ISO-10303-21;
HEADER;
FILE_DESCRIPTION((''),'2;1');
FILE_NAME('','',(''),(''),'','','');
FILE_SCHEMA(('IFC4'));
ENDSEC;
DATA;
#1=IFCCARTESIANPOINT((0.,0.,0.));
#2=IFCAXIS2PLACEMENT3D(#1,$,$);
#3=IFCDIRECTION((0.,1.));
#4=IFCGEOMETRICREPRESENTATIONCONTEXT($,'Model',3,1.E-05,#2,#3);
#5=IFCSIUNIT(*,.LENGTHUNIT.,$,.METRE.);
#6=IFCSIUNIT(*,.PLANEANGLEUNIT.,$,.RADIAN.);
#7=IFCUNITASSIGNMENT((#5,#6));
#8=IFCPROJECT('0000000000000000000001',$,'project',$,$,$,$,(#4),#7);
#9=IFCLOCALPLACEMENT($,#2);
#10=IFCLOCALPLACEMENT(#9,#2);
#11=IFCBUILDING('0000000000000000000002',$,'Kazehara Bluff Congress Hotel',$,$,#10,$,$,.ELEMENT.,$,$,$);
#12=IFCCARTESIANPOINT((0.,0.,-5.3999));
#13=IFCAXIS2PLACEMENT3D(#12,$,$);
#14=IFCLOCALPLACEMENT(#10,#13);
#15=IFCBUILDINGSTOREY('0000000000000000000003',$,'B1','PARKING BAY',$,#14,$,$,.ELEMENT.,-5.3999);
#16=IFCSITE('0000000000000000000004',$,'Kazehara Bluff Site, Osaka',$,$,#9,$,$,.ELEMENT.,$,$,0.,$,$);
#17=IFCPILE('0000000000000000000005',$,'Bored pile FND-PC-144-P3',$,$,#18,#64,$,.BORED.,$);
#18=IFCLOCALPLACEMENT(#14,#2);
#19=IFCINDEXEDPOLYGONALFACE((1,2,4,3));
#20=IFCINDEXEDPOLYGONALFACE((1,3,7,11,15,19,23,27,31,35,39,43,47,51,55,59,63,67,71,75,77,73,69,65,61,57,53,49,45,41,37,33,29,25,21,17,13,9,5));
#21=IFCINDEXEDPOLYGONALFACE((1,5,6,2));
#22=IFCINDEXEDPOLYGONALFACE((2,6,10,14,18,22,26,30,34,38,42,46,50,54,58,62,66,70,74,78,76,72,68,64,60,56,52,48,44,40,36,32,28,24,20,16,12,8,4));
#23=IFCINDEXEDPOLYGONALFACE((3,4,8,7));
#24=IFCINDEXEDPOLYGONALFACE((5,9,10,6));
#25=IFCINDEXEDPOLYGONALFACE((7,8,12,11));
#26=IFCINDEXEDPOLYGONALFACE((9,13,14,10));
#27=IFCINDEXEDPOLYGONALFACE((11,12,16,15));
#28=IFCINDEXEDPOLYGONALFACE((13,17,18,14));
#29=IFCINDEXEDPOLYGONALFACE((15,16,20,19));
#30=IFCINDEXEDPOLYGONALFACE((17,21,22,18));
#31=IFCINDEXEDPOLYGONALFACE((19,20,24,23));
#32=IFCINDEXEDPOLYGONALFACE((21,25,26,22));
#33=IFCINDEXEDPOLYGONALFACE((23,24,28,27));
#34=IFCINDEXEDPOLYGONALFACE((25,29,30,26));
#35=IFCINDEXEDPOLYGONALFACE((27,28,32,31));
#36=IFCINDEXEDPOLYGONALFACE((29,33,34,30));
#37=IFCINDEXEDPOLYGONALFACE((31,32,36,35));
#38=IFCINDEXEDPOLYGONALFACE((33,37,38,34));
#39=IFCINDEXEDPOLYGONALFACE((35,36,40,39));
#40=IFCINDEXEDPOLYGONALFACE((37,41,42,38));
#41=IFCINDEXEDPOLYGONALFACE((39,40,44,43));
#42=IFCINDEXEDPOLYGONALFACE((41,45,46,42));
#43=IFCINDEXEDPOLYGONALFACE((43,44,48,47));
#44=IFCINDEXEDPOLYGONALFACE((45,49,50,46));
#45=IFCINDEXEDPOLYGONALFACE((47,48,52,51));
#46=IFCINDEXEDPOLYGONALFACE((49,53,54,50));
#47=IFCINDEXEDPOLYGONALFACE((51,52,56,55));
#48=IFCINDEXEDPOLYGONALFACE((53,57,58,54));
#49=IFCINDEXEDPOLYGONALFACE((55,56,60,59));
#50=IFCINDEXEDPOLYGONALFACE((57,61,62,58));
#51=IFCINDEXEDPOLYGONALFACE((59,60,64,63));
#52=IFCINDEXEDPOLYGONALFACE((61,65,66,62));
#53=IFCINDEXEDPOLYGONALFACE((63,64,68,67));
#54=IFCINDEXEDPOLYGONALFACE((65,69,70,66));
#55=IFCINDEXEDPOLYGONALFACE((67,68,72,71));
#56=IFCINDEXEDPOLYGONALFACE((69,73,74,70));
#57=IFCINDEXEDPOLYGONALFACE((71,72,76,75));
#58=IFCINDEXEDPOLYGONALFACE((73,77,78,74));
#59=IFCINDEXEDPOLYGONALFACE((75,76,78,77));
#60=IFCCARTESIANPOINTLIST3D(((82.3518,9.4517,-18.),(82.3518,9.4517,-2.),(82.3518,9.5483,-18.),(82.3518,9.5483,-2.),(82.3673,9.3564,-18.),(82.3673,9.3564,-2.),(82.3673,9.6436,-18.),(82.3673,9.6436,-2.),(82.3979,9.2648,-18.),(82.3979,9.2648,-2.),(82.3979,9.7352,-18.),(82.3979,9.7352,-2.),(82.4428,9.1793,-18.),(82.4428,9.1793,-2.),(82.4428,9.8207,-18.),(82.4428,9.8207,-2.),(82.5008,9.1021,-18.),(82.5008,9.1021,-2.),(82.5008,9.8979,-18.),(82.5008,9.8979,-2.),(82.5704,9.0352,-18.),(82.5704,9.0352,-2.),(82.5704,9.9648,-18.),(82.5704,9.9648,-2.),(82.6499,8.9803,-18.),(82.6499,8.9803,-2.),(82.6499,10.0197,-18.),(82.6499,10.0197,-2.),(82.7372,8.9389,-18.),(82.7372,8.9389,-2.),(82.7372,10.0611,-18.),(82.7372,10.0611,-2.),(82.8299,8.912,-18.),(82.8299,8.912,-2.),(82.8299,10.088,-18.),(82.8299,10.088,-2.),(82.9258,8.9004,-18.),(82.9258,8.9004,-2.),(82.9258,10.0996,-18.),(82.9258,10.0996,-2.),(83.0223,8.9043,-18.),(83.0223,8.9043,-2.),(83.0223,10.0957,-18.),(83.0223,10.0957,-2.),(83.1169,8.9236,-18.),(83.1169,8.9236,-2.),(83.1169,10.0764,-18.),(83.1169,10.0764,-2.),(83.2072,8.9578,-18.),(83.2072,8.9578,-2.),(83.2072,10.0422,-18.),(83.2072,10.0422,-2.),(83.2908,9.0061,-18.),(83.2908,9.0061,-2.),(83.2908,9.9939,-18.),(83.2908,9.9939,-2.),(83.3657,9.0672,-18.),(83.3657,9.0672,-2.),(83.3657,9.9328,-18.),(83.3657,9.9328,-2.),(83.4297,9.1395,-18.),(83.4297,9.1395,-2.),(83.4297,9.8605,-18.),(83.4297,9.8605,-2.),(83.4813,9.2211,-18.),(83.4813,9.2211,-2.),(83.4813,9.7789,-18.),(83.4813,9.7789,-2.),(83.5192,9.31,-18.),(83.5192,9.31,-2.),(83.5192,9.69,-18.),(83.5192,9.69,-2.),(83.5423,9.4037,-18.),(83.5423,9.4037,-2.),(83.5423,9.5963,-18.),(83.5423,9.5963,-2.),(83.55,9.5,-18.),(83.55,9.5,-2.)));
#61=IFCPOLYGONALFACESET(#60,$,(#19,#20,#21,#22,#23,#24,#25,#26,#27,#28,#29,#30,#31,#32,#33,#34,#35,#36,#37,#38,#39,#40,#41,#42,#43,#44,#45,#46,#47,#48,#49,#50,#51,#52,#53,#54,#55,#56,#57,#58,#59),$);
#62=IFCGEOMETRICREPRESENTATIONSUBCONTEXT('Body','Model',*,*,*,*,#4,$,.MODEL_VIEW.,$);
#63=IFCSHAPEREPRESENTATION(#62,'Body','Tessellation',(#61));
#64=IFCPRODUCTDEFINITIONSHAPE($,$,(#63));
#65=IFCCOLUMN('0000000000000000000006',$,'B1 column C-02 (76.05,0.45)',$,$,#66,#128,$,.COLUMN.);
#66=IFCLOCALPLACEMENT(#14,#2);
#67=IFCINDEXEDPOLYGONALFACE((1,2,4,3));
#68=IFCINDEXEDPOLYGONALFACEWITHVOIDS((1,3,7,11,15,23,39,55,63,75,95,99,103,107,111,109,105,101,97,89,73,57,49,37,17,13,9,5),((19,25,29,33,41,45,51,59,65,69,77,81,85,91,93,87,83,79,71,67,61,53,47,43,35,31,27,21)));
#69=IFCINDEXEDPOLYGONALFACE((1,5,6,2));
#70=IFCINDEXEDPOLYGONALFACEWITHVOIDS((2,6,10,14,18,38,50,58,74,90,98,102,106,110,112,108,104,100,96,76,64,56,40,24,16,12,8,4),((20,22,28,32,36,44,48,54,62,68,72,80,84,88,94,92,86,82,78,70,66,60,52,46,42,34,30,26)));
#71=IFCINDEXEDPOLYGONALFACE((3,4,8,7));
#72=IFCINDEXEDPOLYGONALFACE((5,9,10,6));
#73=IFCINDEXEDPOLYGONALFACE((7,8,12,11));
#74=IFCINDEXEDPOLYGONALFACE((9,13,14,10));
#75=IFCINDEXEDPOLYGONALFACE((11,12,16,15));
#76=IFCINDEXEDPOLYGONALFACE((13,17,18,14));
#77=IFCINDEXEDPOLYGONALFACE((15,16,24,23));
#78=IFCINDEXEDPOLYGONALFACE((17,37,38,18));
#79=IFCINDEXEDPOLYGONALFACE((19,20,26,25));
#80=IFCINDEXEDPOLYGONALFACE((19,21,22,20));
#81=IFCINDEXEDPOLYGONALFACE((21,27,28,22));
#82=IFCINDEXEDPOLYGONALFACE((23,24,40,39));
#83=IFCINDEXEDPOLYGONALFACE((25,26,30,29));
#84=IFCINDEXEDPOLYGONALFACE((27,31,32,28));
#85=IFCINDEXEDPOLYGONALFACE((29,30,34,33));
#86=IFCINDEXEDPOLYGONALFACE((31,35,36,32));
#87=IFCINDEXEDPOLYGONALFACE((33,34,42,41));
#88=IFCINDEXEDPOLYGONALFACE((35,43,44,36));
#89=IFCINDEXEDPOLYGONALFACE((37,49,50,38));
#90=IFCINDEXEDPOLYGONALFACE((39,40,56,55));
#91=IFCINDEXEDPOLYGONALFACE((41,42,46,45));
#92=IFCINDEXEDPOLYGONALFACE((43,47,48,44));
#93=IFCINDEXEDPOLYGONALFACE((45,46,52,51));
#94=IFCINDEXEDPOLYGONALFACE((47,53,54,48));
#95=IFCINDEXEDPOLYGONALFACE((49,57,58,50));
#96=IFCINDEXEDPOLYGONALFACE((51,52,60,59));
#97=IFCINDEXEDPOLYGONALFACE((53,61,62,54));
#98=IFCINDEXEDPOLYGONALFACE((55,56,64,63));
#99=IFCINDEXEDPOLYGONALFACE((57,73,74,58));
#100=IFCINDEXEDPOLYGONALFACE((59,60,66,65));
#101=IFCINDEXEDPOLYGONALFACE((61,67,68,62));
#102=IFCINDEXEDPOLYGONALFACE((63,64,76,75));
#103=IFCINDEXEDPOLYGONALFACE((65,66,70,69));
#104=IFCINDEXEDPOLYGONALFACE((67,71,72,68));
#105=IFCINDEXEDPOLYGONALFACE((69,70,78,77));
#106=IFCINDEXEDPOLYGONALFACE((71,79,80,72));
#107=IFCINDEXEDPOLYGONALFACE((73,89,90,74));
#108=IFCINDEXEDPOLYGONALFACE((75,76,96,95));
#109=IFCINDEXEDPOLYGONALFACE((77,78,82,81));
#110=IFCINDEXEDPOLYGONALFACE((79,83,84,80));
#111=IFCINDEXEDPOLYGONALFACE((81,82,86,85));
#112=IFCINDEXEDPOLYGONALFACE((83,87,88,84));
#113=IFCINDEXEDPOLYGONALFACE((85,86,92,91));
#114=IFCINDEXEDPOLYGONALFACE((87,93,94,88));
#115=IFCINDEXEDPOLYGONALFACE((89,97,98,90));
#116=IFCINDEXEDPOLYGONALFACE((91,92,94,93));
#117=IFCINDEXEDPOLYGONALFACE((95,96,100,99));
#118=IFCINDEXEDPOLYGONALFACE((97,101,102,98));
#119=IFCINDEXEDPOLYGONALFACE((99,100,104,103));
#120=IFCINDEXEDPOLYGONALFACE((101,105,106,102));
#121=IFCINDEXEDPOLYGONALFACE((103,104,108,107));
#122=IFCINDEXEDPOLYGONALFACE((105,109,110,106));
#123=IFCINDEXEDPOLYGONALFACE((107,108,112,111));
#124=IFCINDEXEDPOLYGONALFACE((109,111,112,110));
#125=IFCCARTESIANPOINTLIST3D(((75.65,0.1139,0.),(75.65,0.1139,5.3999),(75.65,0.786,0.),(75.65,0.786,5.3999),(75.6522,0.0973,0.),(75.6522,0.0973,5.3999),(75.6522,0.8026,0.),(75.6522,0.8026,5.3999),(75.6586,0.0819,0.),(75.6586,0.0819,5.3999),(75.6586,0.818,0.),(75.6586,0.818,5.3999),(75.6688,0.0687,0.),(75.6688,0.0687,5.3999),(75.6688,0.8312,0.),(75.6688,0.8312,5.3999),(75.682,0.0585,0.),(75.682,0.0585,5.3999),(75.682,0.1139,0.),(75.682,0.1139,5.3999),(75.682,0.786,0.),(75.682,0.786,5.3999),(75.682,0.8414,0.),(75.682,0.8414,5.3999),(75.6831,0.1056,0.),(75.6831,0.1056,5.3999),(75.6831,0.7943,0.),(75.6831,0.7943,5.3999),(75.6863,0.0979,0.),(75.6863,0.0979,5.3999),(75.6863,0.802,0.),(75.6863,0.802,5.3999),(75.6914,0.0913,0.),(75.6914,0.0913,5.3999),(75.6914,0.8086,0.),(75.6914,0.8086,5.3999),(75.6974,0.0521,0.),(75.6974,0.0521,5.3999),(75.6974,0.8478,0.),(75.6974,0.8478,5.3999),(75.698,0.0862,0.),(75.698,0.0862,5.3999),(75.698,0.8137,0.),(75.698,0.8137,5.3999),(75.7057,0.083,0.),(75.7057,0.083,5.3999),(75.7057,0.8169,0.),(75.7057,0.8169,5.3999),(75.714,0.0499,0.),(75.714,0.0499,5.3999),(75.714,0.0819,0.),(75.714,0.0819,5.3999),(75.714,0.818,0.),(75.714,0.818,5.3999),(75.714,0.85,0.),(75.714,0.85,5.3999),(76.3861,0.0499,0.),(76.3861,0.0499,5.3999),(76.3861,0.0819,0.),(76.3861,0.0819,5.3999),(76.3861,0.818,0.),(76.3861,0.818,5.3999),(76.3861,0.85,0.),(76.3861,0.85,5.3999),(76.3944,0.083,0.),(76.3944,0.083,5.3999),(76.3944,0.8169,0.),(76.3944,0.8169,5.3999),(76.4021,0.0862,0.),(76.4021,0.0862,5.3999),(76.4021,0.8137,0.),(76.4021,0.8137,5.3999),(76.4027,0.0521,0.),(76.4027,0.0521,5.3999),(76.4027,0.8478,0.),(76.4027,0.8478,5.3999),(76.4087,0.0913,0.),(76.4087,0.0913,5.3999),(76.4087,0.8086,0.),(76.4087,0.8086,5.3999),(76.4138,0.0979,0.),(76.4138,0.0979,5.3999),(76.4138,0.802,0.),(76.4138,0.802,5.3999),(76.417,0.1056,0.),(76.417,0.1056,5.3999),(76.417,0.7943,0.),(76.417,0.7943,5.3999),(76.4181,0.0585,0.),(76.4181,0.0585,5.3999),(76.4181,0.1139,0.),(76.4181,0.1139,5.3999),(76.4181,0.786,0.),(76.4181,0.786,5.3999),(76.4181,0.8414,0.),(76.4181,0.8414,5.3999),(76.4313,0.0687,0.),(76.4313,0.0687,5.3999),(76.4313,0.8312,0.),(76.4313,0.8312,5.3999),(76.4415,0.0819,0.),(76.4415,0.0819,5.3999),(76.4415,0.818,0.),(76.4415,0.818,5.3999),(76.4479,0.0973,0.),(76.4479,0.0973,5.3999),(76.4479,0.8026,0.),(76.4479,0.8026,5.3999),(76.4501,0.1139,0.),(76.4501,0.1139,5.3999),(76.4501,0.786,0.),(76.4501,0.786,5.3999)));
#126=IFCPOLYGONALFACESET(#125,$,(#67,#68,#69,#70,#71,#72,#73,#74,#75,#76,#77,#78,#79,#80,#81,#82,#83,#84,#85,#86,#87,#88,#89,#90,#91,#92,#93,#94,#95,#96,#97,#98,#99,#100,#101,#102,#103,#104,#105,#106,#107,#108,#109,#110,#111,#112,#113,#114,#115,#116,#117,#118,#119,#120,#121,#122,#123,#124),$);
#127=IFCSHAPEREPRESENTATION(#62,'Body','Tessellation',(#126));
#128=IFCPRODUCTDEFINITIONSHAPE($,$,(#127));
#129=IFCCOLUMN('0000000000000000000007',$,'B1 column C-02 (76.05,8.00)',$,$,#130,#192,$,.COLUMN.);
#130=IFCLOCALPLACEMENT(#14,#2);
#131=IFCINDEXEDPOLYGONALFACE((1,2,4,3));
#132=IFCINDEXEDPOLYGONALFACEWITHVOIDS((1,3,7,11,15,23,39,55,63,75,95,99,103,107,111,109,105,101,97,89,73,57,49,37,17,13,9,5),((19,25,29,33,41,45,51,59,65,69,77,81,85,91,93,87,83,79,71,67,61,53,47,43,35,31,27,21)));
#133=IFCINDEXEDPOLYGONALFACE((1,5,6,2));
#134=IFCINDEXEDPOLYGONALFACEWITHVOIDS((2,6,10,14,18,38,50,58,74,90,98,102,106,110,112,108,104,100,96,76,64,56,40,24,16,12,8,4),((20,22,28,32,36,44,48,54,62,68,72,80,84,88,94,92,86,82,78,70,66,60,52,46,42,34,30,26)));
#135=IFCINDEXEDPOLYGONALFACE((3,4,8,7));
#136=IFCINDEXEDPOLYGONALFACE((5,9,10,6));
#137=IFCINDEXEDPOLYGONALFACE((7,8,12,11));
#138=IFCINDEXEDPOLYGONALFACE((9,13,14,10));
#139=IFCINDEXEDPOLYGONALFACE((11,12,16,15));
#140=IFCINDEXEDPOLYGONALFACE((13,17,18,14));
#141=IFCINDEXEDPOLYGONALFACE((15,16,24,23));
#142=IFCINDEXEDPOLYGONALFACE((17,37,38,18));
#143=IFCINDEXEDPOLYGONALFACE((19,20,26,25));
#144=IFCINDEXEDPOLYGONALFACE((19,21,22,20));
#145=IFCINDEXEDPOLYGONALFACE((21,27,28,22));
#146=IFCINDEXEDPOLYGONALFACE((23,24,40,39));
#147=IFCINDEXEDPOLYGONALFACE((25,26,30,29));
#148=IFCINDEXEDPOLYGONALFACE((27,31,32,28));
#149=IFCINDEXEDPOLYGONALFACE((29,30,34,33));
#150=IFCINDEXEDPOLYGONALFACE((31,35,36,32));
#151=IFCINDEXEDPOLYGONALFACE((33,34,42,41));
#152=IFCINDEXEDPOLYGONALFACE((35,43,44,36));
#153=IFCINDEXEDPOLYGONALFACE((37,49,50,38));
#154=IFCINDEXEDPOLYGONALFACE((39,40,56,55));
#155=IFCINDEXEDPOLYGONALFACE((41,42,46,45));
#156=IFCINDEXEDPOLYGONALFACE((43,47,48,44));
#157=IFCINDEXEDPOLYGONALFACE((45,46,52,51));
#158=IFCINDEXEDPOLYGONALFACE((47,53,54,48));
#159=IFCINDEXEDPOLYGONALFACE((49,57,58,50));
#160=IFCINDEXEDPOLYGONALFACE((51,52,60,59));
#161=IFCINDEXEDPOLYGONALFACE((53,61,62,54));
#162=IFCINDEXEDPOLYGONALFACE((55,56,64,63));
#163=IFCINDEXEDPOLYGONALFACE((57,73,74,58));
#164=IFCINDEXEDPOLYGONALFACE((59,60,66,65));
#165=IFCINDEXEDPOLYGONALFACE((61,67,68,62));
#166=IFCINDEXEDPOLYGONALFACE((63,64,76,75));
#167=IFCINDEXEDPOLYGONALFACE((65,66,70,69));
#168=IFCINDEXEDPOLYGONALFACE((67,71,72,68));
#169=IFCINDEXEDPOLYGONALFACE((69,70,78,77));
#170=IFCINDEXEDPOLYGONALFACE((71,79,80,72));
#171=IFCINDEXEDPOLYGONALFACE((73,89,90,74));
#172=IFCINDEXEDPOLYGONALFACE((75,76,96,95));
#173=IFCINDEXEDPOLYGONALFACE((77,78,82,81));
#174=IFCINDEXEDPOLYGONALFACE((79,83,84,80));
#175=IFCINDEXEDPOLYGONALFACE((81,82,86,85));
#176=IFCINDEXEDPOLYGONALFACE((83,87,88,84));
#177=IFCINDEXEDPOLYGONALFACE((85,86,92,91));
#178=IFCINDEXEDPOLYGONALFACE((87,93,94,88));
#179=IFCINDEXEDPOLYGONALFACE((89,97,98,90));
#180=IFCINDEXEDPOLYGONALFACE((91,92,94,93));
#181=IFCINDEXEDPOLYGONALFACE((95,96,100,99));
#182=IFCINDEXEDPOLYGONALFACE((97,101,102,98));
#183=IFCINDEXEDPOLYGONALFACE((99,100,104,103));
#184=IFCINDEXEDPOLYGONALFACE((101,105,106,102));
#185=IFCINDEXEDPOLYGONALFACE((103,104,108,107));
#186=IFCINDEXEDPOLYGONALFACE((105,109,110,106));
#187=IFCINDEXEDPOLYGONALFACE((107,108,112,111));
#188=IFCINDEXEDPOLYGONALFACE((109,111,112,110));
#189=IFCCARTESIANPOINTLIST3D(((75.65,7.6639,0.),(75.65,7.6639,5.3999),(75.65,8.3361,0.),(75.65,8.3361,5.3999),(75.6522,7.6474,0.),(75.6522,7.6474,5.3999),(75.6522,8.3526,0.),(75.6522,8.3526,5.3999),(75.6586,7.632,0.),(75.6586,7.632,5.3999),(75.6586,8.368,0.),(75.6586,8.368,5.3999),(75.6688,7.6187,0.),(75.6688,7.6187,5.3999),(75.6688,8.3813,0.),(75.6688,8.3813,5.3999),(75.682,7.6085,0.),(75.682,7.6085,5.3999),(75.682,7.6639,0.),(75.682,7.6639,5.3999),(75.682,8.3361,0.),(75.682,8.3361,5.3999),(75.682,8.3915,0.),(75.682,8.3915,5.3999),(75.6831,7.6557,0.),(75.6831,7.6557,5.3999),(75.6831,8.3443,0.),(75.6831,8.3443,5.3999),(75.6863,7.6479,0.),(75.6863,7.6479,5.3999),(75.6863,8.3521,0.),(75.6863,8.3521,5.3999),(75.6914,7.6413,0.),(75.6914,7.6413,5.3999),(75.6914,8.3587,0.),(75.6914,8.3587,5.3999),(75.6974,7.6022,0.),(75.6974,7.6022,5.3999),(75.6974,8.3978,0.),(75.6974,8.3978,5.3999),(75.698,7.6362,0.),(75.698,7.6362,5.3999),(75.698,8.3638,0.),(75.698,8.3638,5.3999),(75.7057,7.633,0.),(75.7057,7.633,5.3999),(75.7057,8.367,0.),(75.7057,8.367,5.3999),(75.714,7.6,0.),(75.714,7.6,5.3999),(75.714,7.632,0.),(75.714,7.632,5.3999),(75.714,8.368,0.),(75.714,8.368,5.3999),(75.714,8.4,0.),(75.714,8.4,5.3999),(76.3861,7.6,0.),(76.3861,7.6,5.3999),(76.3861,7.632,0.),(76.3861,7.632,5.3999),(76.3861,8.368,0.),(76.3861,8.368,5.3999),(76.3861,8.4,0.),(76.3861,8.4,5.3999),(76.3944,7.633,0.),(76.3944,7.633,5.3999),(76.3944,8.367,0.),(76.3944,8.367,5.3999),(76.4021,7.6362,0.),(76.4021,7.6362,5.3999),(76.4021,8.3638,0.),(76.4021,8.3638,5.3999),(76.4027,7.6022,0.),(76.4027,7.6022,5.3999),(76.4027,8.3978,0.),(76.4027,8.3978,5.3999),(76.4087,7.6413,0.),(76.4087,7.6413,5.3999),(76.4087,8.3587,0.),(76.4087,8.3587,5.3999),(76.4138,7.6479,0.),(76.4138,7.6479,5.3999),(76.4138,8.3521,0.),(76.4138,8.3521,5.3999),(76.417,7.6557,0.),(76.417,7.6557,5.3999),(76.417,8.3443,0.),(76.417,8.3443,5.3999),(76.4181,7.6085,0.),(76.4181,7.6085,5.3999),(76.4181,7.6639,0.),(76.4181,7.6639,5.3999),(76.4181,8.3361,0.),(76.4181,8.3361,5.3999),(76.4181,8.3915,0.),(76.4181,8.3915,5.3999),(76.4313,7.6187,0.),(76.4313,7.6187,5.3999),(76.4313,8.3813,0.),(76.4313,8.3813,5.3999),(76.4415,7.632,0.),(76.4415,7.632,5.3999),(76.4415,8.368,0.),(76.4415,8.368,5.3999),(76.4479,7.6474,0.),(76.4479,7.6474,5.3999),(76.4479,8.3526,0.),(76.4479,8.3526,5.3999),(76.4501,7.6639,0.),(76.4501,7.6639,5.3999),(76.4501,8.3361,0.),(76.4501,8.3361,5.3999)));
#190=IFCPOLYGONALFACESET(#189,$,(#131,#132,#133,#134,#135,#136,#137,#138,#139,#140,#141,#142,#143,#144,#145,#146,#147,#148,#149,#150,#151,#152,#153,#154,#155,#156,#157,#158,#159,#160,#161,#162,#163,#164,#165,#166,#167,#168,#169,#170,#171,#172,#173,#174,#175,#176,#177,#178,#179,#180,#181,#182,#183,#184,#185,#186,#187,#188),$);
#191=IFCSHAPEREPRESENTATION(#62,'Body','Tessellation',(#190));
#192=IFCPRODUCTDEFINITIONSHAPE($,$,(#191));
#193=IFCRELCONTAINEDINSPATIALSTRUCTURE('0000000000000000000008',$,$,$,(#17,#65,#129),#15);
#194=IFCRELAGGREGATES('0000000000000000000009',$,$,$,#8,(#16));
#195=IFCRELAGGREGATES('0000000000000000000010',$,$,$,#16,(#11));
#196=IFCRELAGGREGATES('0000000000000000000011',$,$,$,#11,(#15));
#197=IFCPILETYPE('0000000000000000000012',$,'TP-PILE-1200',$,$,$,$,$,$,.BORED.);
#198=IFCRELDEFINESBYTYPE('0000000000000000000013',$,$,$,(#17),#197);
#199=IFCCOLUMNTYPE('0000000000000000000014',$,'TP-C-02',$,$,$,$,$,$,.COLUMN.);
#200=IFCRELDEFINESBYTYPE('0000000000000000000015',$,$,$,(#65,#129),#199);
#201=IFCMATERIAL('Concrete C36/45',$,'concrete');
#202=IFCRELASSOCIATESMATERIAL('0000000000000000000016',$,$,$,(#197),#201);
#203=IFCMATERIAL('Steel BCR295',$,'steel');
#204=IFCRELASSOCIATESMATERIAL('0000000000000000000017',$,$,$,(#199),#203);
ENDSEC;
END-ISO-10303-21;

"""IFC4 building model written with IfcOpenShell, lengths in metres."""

from ifc_helpers import new_model, si_unit, direction, frame, origin, origin_2d, place, context, subcontext, project, spatial, hollow_rectangle, circle, extrude, material, material_profile, profile_set, type_object, element, save


model = new_model("IFC4")

# Units and contexts
model_context = context("Model", 3, precision=1e-05, world=origin(), true_north=direction((0.0, 1.0)))
body_context = subcontext(model_context, "Body", "Model", "MODEL_VIEW")
ifc_project = project(units=[si_unit("LENGTHUNIT", "METRE"), si_unit("PLANEANGLEUNIT", "RADIAN")], contexts=[model_context])

# Site, building, storey
site_placement = place(None, origin())
site = spatial("IfcSite", under=ifc_project, at=site_placement, Name="Kazehara Bluff Site, Osaka", CompositionType="ELEMENT", RefElevation=0.0)
building_placement = place(site_placement, origin())
building = spatial("IfcBuilding", under=site, at=building_placement, Name="Kazehara Bluff Congress Hotel", CompositionType="ELEMENT")
storey_placement = place(building_placement, frame((0.0, 0.0, -5.3999)))
storey = spatial("IfcBuildingStorey", under=building, at=storey_placement, Name="B1", Description="PARKING BAY", CompositionType="ELEMENT", Elevation=-5.3999)

# Pile
ifc_material_1 = material(Name="Concrete C36/45", Category="concrete")
ifc_material_profile_1 = material_profile(ifc_material_1, circle(Radius=0.6001, at=origin_2d()))
ifc_profile_set_1 = profile_set([ifc_material_profile_1], Name="Concrete C36/45")
pile_type = type_object("IfcPileType", Name="TP-PILE-1200", PredefinedType="BORED", material=ifc_profile_set_1)
for number, where, z_axis, x_axis, name in (
    (1, (82.95, 9.5, -2.0), (0.0, 0.0, -1.0), (1.0, 0.0, 0.0), "Bored pile FND-PC-144-P3"),
):
    element("IfcPile", number, at=place(storey_placement, frame(where, z_axis=z_axis, x_axis=x_axis)), inside=storey, type_object=pile_type, Name=name, PredefinedType="BORED", context=body_context, shape_type="SweptSolid", body=[
        extrude(circle(Radius=0.6001, at=origin_2d()), origin(), (0.0, 0.0, 1.0), 16.0),
    ])

# Columns
ifc_material_2 = material(Name="Steel BCR295", Category="steel")
ifc_material_profile_2 = material_profile(ifc_material_2, hollow_rectangle(XDim=0.8, YDim=0.8, WallThickness=0.032, InnerFilletRadius=0.032, OuterFilletRadius=0.064, at=origin_2d()))
ifc_profile_set_2 = profile_set([ifc_material_profile_2], Name="Steel BCR295")
column_type = type_object("IfcColumnType", Name="TP-C-02", PredefinedType="COLUMN", material=ifc_profile_set_2)
for number, where, z_axis, x_axis, name in (
    (2, (76.05, 0.45, 0.0), (0.0, 0.0, 1.0), (1.0, 0.0, 0.0), "B1 column C-02 (76.05,0.45)"),
    (3, (76.05, 8.0, 0.0), (0.0, 0.0, 1.0), (1.0, 0.0, 0.0), "B1 column C-02 (76.05,8.00)"),
):
    element("IfcColumn", number, at=place(storey_placement, frame(where, z_axis=z_axis, x_axis=x_axis)), inside=storey, type_object=column_type, Name=name, PredefinedType="COLUMN", context=body_context, shape_type="SweptSolid", body=[
        extrude(hollow_rectangle(XDim=0.8, YDim=0.8, WallThickness=0.032, InnerFilletRadius=0.032, OuterFilletRadius=0.064, at=origin_2d()), origin(), (0.0, 0.0, 1.0), 5.3999),
    ])

save(model, "model.ifc")
